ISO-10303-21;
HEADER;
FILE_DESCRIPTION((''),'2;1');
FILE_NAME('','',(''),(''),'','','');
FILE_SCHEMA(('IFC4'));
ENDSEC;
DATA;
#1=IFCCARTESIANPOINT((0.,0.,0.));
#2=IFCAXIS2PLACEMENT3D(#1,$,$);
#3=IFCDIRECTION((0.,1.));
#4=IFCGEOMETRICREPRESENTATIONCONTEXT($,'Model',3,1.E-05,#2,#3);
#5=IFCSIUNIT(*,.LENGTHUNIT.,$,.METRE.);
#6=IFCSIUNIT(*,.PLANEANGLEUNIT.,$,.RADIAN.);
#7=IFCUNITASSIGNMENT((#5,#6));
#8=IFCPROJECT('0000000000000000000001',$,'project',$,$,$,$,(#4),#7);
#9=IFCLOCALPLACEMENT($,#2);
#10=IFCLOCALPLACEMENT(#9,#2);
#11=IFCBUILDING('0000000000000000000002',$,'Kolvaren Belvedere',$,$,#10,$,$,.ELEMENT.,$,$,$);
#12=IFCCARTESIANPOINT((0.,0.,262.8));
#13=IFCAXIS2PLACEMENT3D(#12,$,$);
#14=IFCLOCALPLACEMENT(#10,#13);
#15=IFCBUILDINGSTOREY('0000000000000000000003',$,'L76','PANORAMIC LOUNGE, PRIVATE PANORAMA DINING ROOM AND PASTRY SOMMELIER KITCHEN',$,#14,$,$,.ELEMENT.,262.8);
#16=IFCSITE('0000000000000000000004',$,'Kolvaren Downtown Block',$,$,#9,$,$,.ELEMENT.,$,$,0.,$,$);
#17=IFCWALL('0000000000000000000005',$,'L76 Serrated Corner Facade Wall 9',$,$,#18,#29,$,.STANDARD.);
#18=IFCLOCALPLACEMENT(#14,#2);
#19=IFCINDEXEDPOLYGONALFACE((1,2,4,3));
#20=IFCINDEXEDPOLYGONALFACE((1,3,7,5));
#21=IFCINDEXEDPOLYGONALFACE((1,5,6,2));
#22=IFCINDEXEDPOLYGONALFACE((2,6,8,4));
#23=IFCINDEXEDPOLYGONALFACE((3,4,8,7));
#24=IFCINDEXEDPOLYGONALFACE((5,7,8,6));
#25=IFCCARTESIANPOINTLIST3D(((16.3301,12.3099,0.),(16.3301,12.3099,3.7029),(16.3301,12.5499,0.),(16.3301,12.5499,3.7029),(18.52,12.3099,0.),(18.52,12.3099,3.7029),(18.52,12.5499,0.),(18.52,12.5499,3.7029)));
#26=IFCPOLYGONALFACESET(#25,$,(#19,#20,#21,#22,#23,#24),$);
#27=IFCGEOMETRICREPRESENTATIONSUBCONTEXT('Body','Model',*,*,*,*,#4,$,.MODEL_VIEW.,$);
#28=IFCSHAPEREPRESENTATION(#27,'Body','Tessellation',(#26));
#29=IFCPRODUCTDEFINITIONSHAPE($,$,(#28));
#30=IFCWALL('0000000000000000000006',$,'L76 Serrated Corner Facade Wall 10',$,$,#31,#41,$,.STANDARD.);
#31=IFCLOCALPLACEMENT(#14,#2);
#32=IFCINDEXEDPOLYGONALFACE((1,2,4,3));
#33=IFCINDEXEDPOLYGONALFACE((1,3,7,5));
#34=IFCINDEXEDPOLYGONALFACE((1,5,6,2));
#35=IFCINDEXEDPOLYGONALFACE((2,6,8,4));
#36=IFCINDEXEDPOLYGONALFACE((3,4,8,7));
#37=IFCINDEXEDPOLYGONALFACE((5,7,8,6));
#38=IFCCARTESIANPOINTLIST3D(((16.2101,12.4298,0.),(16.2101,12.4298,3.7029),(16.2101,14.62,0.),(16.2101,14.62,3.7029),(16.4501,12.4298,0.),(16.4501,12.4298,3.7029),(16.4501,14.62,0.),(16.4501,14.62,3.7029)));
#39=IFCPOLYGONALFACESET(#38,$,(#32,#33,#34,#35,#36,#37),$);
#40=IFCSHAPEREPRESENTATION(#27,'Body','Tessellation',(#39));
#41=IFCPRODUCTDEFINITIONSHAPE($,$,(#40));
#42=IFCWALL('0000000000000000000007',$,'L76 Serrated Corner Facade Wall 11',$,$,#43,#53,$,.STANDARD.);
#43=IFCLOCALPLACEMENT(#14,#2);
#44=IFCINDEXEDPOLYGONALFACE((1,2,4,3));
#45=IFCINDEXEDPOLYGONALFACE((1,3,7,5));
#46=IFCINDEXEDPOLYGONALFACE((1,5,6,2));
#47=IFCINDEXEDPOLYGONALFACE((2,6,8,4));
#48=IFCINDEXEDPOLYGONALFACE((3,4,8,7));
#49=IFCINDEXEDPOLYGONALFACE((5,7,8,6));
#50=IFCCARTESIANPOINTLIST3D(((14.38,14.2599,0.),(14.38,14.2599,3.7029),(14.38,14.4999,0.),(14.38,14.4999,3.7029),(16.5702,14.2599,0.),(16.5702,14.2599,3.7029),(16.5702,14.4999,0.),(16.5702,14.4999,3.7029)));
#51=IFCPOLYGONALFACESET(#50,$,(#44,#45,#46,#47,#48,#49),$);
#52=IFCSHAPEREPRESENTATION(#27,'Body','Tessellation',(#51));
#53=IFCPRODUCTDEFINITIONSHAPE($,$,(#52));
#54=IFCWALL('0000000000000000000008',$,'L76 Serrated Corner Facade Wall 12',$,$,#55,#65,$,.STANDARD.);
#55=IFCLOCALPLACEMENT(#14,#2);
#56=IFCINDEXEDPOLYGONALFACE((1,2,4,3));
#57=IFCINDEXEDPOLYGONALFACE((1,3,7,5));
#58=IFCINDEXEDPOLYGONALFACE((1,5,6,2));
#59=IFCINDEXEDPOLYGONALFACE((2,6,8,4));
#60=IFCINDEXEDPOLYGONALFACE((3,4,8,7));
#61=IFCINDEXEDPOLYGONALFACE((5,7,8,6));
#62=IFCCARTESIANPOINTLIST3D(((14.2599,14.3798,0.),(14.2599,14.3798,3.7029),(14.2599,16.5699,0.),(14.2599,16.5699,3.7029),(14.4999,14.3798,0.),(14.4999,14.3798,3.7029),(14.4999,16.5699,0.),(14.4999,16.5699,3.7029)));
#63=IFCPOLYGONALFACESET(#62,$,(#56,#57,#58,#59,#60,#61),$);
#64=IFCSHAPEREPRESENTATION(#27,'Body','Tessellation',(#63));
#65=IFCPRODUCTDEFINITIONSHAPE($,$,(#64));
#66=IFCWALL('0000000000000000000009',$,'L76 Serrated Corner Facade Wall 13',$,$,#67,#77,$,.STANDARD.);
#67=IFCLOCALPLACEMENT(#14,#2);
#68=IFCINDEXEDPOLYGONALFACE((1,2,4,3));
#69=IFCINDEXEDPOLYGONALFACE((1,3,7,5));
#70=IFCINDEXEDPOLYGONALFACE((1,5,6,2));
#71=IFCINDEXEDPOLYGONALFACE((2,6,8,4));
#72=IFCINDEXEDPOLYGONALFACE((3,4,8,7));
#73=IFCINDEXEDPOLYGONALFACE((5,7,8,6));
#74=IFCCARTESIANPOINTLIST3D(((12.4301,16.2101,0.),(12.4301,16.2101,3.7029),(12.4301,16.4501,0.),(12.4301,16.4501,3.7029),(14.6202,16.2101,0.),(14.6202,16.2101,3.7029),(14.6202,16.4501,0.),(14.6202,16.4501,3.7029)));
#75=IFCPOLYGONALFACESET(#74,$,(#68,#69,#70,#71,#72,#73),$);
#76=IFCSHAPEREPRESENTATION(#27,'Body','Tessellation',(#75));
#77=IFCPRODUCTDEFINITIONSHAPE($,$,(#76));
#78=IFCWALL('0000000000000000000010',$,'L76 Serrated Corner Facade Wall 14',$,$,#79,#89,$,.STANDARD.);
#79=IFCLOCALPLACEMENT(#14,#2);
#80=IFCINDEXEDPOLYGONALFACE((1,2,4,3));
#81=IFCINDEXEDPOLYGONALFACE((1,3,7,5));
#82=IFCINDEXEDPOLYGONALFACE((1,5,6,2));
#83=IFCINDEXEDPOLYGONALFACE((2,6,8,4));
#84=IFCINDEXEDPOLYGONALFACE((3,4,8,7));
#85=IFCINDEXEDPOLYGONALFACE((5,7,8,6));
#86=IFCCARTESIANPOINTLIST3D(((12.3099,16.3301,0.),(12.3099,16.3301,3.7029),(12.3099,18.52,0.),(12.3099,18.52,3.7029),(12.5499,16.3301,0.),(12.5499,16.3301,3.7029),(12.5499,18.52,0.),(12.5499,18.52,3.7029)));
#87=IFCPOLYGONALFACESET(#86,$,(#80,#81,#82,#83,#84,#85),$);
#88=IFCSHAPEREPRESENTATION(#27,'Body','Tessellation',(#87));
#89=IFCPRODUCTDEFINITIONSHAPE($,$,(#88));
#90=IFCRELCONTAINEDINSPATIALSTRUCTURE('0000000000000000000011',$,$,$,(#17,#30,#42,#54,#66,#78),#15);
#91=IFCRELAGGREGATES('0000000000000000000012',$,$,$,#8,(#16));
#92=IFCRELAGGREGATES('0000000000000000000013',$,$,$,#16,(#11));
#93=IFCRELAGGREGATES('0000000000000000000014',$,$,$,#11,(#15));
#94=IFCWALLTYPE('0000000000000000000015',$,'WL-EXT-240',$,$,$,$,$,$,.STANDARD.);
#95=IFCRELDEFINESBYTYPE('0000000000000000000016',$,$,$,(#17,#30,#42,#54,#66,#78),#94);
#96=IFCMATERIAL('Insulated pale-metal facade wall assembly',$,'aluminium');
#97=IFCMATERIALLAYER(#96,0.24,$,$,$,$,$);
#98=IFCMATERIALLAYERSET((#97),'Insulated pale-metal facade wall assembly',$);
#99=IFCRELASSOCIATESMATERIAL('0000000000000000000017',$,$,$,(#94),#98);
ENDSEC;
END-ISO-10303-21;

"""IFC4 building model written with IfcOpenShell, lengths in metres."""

from ifc_helpers import new_model, si_unit, direction, frame, frame_2d, origin, place, context, subcontext, project, spatial, rectangle, extrude, material, layer, layer_set, type_object, element, save


model = new_model("IFC4")

# Units and contexts
model_context = context("Model", 3, precision=1e-05, world=origin(), true_north=direction((0.0, 1.0)))
body_context = subcontext(model_context, "Body", "Model", "MODEL_VIEW")
ifc_project = project(units=[si_unit("LENGTHUNIT", "METRE"), si_unit("PLANEANGLEUNIT", "RADIAN")], contexts=[model_context])

# Site, building, storey
site_placement = place(None, origin())
site = spatial("IfcSite", under=ifc_project, at=site_placement, Name="Kolvaren Downtown Block", CompositionType="ELEMENT", RefElevation=0.0)
building_placement = place(site_placement, origin())
building = spatial("IfcBuilding", under=site, at=building_placement, Name="Kolvaren Belvedere", CompositionType="ELEMENT")
storey_placement = place(building_placement, frame((0.0, 0.0, 262.8)))
storey = spatial("IfcBuildingStorey", under=building, at=storey_placement, Name="L76", Description="PANORAMIC LOUNGE, PRIVATE PANORAMA DINING ROOM AND PASTRY SOMMELIER KITCHEN", CompositionType="ELEMENT", Elevation=262.8)

# Walls
ifc_material_1 = material(Name="Insulated pale-metal facade wall assembly", Category="aluminium")
ifc_layer_1 = layer(ifc_material_1, 0.24)
ifc_layer_set_1 = layer_set([ifc_layer_1], Name="Insulated pale-metal facade wall assembly")
wall_type_1 = type_object("IfcWallType", Name="WL-EXT-240", PredefinedType="STANDARD", material=ifc_layer_set_1)
wall_1_placement = place(storey_placement, frame((16.3301, 12.4299, 0.0), z_axis=(0.0, 0.0, 1.0), x_axis=(1.0, 0.0, 0.0)))
element("IfcWall", 1, at=wall_1_placement, inside=storey, type_object=wall_type_1, Name="L76 Serrated Corner Facade Wall 9", PredefinedType="STANDARD", context=body_context, shape_type="SweptSolid", body=[
    extrude(rectangle(XDim=2.1899, YDim=0.24, at=frame_2d((1.095, 0.0))), origin(), (0.0, 0.0, 1.0), 3.7029),
])
for number, where, z_axis, x_axis, name in (
    (2, (16.3301, 14.6201, 0.0), (0.0, 0.0, 1.0), (0.0, -1.0, 0.0), "L76 Serrated Corner Facade Wall 10"),
    (3, (14.3799, 14.3799, 0.0), (0.0, 0.0, 1.0), (1.0, 0.0, 0.0), "L76 Serrated Corner Facade Wall 11"),
    (4, (14.3799, 16.5701, 0.0), (0.0, 0.0, 1.0), (0.0, -1.0, 0.0), "L76 Serrated Corner Facade Wall 12"),
    (5, (12.4299, 16.3301, 0.0), (0.0, 0.0, 1.0), (1.0, 0.0, 0.0), "L76 Serrated Corner Facade Wall 13"),
):
    element("IfcWall", number, at=place(storey_placement, frame(where, z_axis=z_axis, x_axis=x_axis)), inside=storey, type_object=wall_type_1, Name=name, PredefinedType="STANDARD", context=body_context, shape_type="SweptSolid", body=[
        extrude(rectangle(XDim=2.1902, YDim=0.24, at=frame_2d((1.0952, 0.0))), origin(), (0.0, 0.0, 1.0), 3.7029),
    ])
wall_2_placement = place(storey_placement, frame((12.4299, 18.52, 0.0), z_axis=(0.0, 0.0, 1.0), x_axis=(0.0, -1.0, 0.0)))
element("IfcWall", 6, at=wall_2_placement, inside=storey, type_object=wall_type_1, Name="L76 Serrated Corner Facade Wall 14", PredefinedType="STANDARD", context=body_context, shape_type="SweptSolid", body=[
    extrude(rectangle(XDim=2.1899, YDim=0.24, at=frame_2d((1.095, 0.0))), origin(), (0.0, 0.0, 1.0), 3.7029),
])

save(model, "model.ifc")
